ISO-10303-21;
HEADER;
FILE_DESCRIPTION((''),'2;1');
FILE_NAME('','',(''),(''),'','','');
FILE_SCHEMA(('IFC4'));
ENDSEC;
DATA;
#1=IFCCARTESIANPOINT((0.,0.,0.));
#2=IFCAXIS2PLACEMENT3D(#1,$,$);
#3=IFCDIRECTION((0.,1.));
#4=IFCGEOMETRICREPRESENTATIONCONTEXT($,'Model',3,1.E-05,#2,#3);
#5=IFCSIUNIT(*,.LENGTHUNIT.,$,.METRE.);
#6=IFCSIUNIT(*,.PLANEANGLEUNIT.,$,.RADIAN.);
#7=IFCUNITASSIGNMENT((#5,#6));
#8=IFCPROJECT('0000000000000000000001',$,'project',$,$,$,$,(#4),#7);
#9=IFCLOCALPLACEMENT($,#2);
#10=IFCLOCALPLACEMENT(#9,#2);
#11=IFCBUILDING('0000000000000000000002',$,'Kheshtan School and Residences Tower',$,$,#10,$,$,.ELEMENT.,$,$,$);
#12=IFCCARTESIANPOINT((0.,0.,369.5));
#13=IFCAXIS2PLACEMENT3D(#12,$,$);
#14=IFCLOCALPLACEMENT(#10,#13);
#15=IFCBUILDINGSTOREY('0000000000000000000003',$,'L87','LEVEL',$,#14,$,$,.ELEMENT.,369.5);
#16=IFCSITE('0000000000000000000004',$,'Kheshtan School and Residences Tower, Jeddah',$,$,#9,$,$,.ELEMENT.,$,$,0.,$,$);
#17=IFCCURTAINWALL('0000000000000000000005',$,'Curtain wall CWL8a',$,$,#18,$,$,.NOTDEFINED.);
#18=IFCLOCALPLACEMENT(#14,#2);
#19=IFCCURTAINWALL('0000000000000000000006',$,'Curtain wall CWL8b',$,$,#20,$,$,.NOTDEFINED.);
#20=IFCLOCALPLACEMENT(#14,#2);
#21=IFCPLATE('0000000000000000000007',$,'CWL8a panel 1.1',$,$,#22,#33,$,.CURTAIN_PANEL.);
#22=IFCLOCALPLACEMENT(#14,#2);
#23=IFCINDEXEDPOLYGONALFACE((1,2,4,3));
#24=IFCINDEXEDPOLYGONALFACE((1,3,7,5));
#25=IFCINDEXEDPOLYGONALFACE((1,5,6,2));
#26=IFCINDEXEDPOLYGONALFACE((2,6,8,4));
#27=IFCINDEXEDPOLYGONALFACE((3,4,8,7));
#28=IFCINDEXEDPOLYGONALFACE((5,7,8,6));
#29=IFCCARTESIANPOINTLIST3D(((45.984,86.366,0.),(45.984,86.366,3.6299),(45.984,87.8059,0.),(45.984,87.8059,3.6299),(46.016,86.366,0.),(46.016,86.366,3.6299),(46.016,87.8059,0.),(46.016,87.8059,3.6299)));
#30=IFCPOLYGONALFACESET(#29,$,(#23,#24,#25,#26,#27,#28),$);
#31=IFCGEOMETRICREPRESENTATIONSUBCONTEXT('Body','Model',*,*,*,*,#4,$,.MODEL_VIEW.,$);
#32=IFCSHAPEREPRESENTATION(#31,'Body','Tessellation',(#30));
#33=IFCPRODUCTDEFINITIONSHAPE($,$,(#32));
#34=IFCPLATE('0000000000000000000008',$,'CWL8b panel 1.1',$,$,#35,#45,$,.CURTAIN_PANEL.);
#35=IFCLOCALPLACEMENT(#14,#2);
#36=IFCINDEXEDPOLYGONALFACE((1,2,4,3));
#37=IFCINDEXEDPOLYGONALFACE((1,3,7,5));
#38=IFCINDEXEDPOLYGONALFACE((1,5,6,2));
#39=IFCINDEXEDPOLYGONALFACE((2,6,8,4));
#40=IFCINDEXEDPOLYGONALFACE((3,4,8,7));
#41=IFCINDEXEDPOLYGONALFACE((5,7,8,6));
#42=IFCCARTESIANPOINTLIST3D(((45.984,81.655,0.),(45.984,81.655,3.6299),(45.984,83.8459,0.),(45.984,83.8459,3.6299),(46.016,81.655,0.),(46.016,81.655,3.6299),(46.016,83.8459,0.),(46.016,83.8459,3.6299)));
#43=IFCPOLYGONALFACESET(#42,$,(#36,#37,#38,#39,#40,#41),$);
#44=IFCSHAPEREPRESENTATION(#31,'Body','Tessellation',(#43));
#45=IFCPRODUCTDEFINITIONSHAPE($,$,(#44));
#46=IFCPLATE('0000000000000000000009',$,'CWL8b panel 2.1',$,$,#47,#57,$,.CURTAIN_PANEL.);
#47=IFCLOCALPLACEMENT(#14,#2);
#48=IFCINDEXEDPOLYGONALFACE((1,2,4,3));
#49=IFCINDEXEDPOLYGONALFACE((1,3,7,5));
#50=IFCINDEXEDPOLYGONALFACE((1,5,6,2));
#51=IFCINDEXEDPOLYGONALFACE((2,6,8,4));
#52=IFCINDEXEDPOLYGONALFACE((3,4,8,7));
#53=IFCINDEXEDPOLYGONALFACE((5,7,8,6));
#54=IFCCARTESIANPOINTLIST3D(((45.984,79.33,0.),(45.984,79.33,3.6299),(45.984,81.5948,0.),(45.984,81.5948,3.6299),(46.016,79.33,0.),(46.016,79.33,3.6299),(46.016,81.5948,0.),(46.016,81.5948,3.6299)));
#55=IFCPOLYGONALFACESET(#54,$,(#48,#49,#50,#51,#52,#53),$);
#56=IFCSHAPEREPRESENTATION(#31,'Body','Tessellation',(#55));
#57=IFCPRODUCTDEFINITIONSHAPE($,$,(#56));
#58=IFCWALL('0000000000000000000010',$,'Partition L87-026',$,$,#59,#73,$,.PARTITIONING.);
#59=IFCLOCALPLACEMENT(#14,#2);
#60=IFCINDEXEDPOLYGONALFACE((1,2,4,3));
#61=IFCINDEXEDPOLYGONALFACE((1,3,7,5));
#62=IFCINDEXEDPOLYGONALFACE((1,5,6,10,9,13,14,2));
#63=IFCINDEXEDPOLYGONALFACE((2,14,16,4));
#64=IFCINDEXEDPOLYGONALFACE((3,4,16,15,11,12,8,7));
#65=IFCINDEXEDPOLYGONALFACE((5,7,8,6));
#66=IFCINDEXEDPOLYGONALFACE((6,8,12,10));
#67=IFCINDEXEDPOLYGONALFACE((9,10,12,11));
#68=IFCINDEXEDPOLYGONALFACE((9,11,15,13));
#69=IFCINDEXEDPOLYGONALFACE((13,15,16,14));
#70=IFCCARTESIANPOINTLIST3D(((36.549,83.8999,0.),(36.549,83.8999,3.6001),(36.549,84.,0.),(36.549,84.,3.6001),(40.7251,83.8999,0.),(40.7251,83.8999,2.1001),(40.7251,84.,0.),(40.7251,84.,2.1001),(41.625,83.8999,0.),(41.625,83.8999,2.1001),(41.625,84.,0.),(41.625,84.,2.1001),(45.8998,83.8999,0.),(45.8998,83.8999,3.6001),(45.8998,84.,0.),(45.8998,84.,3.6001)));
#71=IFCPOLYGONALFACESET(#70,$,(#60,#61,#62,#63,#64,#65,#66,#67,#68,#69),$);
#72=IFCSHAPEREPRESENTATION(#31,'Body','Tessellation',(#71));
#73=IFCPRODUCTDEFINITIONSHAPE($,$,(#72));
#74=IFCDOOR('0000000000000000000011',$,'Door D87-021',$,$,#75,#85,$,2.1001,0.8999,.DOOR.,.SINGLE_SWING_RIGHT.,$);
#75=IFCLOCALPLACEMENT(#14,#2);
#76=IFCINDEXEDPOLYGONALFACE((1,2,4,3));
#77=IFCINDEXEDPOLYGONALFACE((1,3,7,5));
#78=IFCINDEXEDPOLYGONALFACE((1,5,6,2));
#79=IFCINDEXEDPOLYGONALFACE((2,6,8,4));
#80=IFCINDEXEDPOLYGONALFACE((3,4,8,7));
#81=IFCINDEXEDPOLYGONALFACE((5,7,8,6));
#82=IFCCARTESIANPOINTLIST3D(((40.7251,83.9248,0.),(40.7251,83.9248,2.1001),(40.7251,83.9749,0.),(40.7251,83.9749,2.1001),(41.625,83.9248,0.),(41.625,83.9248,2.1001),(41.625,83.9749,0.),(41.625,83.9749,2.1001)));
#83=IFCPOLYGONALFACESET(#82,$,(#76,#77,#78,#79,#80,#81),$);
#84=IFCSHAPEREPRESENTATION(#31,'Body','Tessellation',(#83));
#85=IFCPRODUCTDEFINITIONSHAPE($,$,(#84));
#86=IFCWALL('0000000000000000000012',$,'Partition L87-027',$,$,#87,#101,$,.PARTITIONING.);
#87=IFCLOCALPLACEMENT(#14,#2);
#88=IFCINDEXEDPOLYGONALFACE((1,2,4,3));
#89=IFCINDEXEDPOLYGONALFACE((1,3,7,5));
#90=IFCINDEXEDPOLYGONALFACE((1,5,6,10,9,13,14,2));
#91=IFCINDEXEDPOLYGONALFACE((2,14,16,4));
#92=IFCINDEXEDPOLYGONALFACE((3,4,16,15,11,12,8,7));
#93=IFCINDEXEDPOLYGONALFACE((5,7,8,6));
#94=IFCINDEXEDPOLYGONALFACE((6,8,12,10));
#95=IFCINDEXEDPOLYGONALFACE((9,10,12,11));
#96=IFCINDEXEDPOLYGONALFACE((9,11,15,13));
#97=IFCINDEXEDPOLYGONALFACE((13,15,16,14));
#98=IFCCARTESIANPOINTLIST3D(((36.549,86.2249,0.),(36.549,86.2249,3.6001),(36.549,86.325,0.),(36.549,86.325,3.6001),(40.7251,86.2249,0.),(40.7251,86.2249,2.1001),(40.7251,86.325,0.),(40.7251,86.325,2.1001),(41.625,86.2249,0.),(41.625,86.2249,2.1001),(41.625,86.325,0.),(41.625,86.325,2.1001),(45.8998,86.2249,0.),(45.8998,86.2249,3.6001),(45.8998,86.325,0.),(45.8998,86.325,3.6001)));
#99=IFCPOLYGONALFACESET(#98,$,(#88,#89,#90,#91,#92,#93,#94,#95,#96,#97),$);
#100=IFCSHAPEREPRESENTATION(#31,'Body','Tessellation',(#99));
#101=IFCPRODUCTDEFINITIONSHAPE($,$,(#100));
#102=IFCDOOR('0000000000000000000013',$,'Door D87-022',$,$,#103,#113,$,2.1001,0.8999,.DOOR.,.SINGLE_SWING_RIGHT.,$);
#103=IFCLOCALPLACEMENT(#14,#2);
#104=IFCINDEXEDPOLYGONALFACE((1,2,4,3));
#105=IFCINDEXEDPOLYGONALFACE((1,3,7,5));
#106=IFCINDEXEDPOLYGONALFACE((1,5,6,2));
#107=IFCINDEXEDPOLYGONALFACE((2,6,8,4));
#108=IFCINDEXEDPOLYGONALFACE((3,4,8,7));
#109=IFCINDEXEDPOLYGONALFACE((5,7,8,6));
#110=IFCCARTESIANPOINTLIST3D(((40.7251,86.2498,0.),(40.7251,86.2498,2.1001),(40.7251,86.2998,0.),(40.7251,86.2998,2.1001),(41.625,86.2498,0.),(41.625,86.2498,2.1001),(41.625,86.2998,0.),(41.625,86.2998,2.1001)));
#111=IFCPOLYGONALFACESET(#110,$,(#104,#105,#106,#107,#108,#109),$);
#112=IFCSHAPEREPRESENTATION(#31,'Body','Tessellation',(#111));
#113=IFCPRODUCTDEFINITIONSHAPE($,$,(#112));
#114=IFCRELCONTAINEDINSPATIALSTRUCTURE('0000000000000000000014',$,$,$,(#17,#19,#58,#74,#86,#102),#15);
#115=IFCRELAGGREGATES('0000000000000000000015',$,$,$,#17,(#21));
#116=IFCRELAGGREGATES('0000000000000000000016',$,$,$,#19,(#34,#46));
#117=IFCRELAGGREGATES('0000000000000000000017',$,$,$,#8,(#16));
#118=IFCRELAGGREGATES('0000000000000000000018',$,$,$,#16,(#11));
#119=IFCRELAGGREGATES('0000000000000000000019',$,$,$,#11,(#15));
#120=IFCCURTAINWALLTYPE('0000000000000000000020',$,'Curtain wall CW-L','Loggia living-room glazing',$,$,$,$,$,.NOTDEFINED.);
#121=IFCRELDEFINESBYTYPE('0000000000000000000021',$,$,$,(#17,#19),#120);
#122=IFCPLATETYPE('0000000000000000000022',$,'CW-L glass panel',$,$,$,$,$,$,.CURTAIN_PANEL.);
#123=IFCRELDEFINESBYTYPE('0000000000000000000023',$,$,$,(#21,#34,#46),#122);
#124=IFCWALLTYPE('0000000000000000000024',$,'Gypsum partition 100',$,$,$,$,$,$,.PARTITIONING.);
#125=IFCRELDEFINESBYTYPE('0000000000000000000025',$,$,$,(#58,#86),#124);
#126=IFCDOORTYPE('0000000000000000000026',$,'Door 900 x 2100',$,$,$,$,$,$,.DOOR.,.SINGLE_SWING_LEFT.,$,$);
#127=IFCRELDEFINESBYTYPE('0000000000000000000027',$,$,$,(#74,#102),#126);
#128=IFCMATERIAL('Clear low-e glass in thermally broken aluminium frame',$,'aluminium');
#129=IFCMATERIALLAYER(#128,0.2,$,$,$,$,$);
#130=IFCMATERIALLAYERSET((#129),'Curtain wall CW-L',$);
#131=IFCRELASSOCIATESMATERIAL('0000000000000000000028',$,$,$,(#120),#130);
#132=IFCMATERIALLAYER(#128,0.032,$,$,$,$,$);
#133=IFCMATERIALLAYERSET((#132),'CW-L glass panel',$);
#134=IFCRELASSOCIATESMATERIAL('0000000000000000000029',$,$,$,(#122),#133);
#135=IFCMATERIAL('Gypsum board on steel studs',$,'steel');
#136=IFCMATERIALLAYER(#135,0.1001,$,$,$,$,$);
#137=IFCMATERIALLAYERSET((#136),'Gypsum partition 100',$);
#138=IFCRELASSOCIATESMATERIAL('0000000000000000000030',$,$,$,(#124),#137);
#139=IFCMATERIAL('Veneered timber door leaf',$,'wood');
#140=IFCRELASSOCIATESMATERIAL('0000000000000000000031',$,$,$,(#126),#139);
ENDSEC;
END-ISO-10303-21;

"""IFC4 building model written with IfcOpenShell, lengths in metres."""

from ifc_helpers import new_model, si_unit, direction, frame, frame_2d, origin, origin_2d, place, context, subcontext, project, spatial, rectangle, extrude, source, transform, mapped, material, layer, layer_set, type_object, element, fill, aggregate, save


model = new_model("IFC4")

# Units and contexts
model_context = context("Model", 3, precision=1e-05, world=origin(), true_north=direction((0.0, 1.0)))
body_context = subcontext(model_context, "Body", "Model", "MODEL_VIEW")
ifc_project = project(units=[si_unit("LENGTHUNIT", "METRE"), si_unit("PLANEANGLEUNIT", "RADIAN")], contexts=[model_context])

# Site, building, storey
site_placement = place(None, origin())
site = spatial("IfcSite", under=ifc_project, at=site_placement, Name="Kheshtan School and Residences Tower, Jeddah", CompositionType="ELEMENT", RefElevation=0.0)
building_placement = place(site_placement, origin())
building = spatial("IfcBuilding", under=site, at=building_placement, Name="Kheshtan School and Residences Tower", CompositionType="ELEMENT")
storey_placement = place(building_placement, frame((0.0, 0.0, 369.5)))
storey = spatial("IfcBuildingStorey", under=building, at=storey_placement, Name="L87", Description="LEVEL", CompositionType="ELEMENT", Elevation=369.5)

# Curtain wall
ifc_material_1 = material(Name="Clear low-e glass in thermally broken aluminium frame", Category="aluminium")
ifc_layer_1 = layer(ifc_material_1, 0.2)
ifc_layer_set_1 = layer_set([ifc_layer_1], Name="Curtain wall CW-L")
curtain_wall_type = type_object("IfcCurtainWallType", Name="Curtain wall CW-L", Description="Loggia living-room glazing", PredefinedType="NOTDEFINED", material=ifc_layer_set_1)
curtain_wall_1_placement = place(storey_placement, origin())
curtain_wall_1 = element("IfcCurtainWall", 1, at=curtain_wall_1_placement, inside=storey, type_object=curtain_wall_type, Name="Curtain wall CWL8a", PredefinedType="NOTDEFINED")

# Curtain wall
curtain_wall_2_placement = place(storey_placement, origin())
curtain_wall_2 = element("IfcCurtainWall", 2, at=curtain_wall_2_placement, inside=storey, type_object=curtain_wall_type, Name="Curtain wall CWL8b", PredefinedType="NOTDEFINED")

# Plates
ifc_layer_2 = layer(ifc_material_1, 0.032)
ifc_layer_set_2 = layer_set([ifc_layer_2], Name="CW-L glass panel")
plate_type = type_object("IfcPlateType", Name="CW-L glass panel", PredefinedType="CURTAIN_PANEL", material=ifc_layer_set_2)
plate_1_placement = place(storey_placement, frame((46.0, 87.0859, 0.0), z_axis=(0.0, 0.0, 1.0), x_axis=(0.0, -1.0, 0.0)))
plate_1 = element("IfcPlate", 3, at=plate_1_placement, type_object=plate_type, Name="CWL8a panel 1.1", PredefinedType="CURTAIN_PANEL", context=body_context, shape_type="SweptSolid", body=[
    extrude(rectangle(XDim=1.4399, YDim=0.032, at=origin_2d()), origin(), (0.0, 0.0, 1.0), 3.6299),
])
aggregate(curtain_wall_1, [plate_1])
plate_2_placement = place(storey_placement, frame((46.0, 82.7505, 0.0), z_axis=(0.0, 0.0, 1.0), x_axis=(0.0, -1.0, 0.0)))
plate_2 = element("IfcPlate", 4, at=plate_2_placement, type_object=plate_type, Name="CWL8b panel 1.1", PredefinedType="CURTAIN_PANEL", context=body_context, shape_type="SweptSolid", body=[
    extrude(rectangle(XDim=2.1909, YDim=0.032, at=origin_2d()), origin(), (0.0, 0.0, 1.0), 3.6299),
])
plate_3_placement = place(storey_placement, frame((46.0, 80.4624, 0.0), z_axis=(0.0, 0.0, 1.0), x_axis=(0.0, -1.0, 0.0)))
plate_3 = element("IfcPlate", 5, at=plate_3_placement, type_object=plate_type, Name="CWL8b panel 2.1", PredefinedType="CURTAIN_PANEL", context=body_context, shape_type="SweptSolid", body=[
    extrude(rectangle(XDim=2.2649, YDim=0.032, at=origin_2d()), origin(), (0.0, 0.0, 1.0), 3.6299),
])
aggregate(curtain_wall_2, [plate_2, plate_3])

# Walls, openings, doors
ifc_material_2 = material(Name="Gypsum board on steel studs", Category="steel")
ifc_layer_3 = layer(ifc_material_2, 0.1001)
ifc_layer_set_3 = layer_set([ifc_layer_3], Name="Gypsum partition 100")
wall_type_1 = type_object("IfcWallType", Name="Gypsum partition 100", PredefinedType="PARTITIONING", material=ifc_layer_set_3)
wall_1_placement = place(storey_placement, frame((36.5491, 83.95, 0.0), z_axis=(0.0, 0.0, 1.0), x_axis=(1.0, 0.0, 0.0)))
wall_1 = element("IfcWall", 6, at=wall_1_placement, inside=storey, type_object=wall_type_1, Name="Partition L87-026", PredefinedType="PARTITIONING", context=body_context, shape_type="SweptSolid", body=[
    extrude(rectangle(XDim=9.3508, YDim=0.1001, at=frame_2d((4.6753, 0.0))), origin(), (0.0, 0.0, 1.0), 3.6001),
])
opening_1_placement = place(wall_1_placement, frame((4.176, 0.0, 0.0)))
opening_1 = element("IfcOpeningElement", 7, at=opening_1_placement, cuts=wall_1, PredefinedType="OPENING", context=body_context, shape_type="SweptSolid", body=[
    extrude(rectangle(XDim=0.8999, YDim=2.1001, at=frame_2d((0.45, 1.05))), frame((0.0, 0.0601, 0.0), z_axis=(0.0, -1.0, 0.0), x_axis=(1.0, 0.0, 0.0)), (0.0, 0.0, 1.0), 0.1201),
])
ifc_material_3 = material(Name="Veneered timber door leaf", Category="wood")
door_type_1 = type_object("IfcDoorType", Name="Door 900 x 2100", OperationType="SINGLE_SWING_LEFT", PredefinedType="DOOR", material=ifc_material_3)
shared_shape_1 = source(origin(), body_context, "Body", "SweptSolid", [
    extrude(rectangle(XDim=0.8999, YDim=2.1001, at=frame_2d((0.45, 1.05))), frame((0.0, 0.0249, 0.0), z_axis=(0.0, -1.0, 0.0), x_axis=(1.0, 0.0, 0.0)), (0.0, 0.0, 1.0), 0.05),
])
door_1_placement = place(opening_1_placement, origin())
door_1 = element("IfcDoor", 8, at=door_1_placement, inside=storey, type_object=door_type_1, Name="Door D87-021", OperationType="SINGLE_SWING_RIGHT", OverallHeight=2.1001, OverallWidth=0.8999, PredefinedType="DOOR", context=body_context, shape_type="MappedRepresentation", body=[
    mapped(shared_shape_1, transform((0.0, 0.0, 0.0), x_axis=(1.0, 0.0, 0.0), y_axis=(0.0, 1.0, 0.0), z_axis=(0.0, 0.0, 1.0), scale=1.0)),
])
fill(opening_1, door_1)
wall_2_placement = place(storey_placement, frame((36.5491, 86.2749, 0.0), z_axis=(0.0, 0.0, 1.0), x_axis=(1.0, 0.0, 0.0)))
wall_2 = element("IfcWall", 9, at=wall_2_placement, inside=storey, type_object=wall_type_1, Name="Partition L87-027", PredefinedType="PARTITIONING", context=body_context, shape_type="SweptSolid", body=[
    extrude(rectangle(XDim=9.3508, YDim=0.1001, at=frame_2d((4.6753, 0.0))), origin(), (0.0, 0.0, 1.0), 3.6001),
])
opening_2_placement = place(wall_2_placement, frame((4.176, 0.0, 0.0)))
opening_2 = element("IfcOpeningElement", 10, at=opening_2_placement, cuts=wall_2, PredefinedType="OPENING", context=body_context, shape_type="SweptSolid", body=[
    extrude(rectangle(XDim=0.8999, YDim=2.1001, at=frame_2d((0.45, 1.05))), frame((0.0, 0.0601, 0.0), z_axis=(0.0, -1.0, 0.0), x_axis=(1.0, 0.0, 0.0)), (0.0, 0.0, 1.0), 0.1201),
])
door_2_placement = place(opening_2_placement, origin())
door_2 = element("IfcDoor", 11, at=door_2_placement, inside=storey, type_object=door_type_1, Name="Door D87-022", OperationType="SINGLE_SWING_RIGHT", OverallHeight=2.1001, OverallWidth=0.8999, PredefinedType="DOOR", context=body_context, shape_type="MappedRepresentation", body=[
    mapped(shared_shape_1, transform((0.0, 0.0, 0.0), x_axis=(1.0, 0.0, 0.0), y_axis=(0.0, 1.0, 0.0), z_axis=(0.0, 0.0, 1.0), scale=1.0)),
])
fill(opening_2, door_2)

save(model, "model.ifc")
